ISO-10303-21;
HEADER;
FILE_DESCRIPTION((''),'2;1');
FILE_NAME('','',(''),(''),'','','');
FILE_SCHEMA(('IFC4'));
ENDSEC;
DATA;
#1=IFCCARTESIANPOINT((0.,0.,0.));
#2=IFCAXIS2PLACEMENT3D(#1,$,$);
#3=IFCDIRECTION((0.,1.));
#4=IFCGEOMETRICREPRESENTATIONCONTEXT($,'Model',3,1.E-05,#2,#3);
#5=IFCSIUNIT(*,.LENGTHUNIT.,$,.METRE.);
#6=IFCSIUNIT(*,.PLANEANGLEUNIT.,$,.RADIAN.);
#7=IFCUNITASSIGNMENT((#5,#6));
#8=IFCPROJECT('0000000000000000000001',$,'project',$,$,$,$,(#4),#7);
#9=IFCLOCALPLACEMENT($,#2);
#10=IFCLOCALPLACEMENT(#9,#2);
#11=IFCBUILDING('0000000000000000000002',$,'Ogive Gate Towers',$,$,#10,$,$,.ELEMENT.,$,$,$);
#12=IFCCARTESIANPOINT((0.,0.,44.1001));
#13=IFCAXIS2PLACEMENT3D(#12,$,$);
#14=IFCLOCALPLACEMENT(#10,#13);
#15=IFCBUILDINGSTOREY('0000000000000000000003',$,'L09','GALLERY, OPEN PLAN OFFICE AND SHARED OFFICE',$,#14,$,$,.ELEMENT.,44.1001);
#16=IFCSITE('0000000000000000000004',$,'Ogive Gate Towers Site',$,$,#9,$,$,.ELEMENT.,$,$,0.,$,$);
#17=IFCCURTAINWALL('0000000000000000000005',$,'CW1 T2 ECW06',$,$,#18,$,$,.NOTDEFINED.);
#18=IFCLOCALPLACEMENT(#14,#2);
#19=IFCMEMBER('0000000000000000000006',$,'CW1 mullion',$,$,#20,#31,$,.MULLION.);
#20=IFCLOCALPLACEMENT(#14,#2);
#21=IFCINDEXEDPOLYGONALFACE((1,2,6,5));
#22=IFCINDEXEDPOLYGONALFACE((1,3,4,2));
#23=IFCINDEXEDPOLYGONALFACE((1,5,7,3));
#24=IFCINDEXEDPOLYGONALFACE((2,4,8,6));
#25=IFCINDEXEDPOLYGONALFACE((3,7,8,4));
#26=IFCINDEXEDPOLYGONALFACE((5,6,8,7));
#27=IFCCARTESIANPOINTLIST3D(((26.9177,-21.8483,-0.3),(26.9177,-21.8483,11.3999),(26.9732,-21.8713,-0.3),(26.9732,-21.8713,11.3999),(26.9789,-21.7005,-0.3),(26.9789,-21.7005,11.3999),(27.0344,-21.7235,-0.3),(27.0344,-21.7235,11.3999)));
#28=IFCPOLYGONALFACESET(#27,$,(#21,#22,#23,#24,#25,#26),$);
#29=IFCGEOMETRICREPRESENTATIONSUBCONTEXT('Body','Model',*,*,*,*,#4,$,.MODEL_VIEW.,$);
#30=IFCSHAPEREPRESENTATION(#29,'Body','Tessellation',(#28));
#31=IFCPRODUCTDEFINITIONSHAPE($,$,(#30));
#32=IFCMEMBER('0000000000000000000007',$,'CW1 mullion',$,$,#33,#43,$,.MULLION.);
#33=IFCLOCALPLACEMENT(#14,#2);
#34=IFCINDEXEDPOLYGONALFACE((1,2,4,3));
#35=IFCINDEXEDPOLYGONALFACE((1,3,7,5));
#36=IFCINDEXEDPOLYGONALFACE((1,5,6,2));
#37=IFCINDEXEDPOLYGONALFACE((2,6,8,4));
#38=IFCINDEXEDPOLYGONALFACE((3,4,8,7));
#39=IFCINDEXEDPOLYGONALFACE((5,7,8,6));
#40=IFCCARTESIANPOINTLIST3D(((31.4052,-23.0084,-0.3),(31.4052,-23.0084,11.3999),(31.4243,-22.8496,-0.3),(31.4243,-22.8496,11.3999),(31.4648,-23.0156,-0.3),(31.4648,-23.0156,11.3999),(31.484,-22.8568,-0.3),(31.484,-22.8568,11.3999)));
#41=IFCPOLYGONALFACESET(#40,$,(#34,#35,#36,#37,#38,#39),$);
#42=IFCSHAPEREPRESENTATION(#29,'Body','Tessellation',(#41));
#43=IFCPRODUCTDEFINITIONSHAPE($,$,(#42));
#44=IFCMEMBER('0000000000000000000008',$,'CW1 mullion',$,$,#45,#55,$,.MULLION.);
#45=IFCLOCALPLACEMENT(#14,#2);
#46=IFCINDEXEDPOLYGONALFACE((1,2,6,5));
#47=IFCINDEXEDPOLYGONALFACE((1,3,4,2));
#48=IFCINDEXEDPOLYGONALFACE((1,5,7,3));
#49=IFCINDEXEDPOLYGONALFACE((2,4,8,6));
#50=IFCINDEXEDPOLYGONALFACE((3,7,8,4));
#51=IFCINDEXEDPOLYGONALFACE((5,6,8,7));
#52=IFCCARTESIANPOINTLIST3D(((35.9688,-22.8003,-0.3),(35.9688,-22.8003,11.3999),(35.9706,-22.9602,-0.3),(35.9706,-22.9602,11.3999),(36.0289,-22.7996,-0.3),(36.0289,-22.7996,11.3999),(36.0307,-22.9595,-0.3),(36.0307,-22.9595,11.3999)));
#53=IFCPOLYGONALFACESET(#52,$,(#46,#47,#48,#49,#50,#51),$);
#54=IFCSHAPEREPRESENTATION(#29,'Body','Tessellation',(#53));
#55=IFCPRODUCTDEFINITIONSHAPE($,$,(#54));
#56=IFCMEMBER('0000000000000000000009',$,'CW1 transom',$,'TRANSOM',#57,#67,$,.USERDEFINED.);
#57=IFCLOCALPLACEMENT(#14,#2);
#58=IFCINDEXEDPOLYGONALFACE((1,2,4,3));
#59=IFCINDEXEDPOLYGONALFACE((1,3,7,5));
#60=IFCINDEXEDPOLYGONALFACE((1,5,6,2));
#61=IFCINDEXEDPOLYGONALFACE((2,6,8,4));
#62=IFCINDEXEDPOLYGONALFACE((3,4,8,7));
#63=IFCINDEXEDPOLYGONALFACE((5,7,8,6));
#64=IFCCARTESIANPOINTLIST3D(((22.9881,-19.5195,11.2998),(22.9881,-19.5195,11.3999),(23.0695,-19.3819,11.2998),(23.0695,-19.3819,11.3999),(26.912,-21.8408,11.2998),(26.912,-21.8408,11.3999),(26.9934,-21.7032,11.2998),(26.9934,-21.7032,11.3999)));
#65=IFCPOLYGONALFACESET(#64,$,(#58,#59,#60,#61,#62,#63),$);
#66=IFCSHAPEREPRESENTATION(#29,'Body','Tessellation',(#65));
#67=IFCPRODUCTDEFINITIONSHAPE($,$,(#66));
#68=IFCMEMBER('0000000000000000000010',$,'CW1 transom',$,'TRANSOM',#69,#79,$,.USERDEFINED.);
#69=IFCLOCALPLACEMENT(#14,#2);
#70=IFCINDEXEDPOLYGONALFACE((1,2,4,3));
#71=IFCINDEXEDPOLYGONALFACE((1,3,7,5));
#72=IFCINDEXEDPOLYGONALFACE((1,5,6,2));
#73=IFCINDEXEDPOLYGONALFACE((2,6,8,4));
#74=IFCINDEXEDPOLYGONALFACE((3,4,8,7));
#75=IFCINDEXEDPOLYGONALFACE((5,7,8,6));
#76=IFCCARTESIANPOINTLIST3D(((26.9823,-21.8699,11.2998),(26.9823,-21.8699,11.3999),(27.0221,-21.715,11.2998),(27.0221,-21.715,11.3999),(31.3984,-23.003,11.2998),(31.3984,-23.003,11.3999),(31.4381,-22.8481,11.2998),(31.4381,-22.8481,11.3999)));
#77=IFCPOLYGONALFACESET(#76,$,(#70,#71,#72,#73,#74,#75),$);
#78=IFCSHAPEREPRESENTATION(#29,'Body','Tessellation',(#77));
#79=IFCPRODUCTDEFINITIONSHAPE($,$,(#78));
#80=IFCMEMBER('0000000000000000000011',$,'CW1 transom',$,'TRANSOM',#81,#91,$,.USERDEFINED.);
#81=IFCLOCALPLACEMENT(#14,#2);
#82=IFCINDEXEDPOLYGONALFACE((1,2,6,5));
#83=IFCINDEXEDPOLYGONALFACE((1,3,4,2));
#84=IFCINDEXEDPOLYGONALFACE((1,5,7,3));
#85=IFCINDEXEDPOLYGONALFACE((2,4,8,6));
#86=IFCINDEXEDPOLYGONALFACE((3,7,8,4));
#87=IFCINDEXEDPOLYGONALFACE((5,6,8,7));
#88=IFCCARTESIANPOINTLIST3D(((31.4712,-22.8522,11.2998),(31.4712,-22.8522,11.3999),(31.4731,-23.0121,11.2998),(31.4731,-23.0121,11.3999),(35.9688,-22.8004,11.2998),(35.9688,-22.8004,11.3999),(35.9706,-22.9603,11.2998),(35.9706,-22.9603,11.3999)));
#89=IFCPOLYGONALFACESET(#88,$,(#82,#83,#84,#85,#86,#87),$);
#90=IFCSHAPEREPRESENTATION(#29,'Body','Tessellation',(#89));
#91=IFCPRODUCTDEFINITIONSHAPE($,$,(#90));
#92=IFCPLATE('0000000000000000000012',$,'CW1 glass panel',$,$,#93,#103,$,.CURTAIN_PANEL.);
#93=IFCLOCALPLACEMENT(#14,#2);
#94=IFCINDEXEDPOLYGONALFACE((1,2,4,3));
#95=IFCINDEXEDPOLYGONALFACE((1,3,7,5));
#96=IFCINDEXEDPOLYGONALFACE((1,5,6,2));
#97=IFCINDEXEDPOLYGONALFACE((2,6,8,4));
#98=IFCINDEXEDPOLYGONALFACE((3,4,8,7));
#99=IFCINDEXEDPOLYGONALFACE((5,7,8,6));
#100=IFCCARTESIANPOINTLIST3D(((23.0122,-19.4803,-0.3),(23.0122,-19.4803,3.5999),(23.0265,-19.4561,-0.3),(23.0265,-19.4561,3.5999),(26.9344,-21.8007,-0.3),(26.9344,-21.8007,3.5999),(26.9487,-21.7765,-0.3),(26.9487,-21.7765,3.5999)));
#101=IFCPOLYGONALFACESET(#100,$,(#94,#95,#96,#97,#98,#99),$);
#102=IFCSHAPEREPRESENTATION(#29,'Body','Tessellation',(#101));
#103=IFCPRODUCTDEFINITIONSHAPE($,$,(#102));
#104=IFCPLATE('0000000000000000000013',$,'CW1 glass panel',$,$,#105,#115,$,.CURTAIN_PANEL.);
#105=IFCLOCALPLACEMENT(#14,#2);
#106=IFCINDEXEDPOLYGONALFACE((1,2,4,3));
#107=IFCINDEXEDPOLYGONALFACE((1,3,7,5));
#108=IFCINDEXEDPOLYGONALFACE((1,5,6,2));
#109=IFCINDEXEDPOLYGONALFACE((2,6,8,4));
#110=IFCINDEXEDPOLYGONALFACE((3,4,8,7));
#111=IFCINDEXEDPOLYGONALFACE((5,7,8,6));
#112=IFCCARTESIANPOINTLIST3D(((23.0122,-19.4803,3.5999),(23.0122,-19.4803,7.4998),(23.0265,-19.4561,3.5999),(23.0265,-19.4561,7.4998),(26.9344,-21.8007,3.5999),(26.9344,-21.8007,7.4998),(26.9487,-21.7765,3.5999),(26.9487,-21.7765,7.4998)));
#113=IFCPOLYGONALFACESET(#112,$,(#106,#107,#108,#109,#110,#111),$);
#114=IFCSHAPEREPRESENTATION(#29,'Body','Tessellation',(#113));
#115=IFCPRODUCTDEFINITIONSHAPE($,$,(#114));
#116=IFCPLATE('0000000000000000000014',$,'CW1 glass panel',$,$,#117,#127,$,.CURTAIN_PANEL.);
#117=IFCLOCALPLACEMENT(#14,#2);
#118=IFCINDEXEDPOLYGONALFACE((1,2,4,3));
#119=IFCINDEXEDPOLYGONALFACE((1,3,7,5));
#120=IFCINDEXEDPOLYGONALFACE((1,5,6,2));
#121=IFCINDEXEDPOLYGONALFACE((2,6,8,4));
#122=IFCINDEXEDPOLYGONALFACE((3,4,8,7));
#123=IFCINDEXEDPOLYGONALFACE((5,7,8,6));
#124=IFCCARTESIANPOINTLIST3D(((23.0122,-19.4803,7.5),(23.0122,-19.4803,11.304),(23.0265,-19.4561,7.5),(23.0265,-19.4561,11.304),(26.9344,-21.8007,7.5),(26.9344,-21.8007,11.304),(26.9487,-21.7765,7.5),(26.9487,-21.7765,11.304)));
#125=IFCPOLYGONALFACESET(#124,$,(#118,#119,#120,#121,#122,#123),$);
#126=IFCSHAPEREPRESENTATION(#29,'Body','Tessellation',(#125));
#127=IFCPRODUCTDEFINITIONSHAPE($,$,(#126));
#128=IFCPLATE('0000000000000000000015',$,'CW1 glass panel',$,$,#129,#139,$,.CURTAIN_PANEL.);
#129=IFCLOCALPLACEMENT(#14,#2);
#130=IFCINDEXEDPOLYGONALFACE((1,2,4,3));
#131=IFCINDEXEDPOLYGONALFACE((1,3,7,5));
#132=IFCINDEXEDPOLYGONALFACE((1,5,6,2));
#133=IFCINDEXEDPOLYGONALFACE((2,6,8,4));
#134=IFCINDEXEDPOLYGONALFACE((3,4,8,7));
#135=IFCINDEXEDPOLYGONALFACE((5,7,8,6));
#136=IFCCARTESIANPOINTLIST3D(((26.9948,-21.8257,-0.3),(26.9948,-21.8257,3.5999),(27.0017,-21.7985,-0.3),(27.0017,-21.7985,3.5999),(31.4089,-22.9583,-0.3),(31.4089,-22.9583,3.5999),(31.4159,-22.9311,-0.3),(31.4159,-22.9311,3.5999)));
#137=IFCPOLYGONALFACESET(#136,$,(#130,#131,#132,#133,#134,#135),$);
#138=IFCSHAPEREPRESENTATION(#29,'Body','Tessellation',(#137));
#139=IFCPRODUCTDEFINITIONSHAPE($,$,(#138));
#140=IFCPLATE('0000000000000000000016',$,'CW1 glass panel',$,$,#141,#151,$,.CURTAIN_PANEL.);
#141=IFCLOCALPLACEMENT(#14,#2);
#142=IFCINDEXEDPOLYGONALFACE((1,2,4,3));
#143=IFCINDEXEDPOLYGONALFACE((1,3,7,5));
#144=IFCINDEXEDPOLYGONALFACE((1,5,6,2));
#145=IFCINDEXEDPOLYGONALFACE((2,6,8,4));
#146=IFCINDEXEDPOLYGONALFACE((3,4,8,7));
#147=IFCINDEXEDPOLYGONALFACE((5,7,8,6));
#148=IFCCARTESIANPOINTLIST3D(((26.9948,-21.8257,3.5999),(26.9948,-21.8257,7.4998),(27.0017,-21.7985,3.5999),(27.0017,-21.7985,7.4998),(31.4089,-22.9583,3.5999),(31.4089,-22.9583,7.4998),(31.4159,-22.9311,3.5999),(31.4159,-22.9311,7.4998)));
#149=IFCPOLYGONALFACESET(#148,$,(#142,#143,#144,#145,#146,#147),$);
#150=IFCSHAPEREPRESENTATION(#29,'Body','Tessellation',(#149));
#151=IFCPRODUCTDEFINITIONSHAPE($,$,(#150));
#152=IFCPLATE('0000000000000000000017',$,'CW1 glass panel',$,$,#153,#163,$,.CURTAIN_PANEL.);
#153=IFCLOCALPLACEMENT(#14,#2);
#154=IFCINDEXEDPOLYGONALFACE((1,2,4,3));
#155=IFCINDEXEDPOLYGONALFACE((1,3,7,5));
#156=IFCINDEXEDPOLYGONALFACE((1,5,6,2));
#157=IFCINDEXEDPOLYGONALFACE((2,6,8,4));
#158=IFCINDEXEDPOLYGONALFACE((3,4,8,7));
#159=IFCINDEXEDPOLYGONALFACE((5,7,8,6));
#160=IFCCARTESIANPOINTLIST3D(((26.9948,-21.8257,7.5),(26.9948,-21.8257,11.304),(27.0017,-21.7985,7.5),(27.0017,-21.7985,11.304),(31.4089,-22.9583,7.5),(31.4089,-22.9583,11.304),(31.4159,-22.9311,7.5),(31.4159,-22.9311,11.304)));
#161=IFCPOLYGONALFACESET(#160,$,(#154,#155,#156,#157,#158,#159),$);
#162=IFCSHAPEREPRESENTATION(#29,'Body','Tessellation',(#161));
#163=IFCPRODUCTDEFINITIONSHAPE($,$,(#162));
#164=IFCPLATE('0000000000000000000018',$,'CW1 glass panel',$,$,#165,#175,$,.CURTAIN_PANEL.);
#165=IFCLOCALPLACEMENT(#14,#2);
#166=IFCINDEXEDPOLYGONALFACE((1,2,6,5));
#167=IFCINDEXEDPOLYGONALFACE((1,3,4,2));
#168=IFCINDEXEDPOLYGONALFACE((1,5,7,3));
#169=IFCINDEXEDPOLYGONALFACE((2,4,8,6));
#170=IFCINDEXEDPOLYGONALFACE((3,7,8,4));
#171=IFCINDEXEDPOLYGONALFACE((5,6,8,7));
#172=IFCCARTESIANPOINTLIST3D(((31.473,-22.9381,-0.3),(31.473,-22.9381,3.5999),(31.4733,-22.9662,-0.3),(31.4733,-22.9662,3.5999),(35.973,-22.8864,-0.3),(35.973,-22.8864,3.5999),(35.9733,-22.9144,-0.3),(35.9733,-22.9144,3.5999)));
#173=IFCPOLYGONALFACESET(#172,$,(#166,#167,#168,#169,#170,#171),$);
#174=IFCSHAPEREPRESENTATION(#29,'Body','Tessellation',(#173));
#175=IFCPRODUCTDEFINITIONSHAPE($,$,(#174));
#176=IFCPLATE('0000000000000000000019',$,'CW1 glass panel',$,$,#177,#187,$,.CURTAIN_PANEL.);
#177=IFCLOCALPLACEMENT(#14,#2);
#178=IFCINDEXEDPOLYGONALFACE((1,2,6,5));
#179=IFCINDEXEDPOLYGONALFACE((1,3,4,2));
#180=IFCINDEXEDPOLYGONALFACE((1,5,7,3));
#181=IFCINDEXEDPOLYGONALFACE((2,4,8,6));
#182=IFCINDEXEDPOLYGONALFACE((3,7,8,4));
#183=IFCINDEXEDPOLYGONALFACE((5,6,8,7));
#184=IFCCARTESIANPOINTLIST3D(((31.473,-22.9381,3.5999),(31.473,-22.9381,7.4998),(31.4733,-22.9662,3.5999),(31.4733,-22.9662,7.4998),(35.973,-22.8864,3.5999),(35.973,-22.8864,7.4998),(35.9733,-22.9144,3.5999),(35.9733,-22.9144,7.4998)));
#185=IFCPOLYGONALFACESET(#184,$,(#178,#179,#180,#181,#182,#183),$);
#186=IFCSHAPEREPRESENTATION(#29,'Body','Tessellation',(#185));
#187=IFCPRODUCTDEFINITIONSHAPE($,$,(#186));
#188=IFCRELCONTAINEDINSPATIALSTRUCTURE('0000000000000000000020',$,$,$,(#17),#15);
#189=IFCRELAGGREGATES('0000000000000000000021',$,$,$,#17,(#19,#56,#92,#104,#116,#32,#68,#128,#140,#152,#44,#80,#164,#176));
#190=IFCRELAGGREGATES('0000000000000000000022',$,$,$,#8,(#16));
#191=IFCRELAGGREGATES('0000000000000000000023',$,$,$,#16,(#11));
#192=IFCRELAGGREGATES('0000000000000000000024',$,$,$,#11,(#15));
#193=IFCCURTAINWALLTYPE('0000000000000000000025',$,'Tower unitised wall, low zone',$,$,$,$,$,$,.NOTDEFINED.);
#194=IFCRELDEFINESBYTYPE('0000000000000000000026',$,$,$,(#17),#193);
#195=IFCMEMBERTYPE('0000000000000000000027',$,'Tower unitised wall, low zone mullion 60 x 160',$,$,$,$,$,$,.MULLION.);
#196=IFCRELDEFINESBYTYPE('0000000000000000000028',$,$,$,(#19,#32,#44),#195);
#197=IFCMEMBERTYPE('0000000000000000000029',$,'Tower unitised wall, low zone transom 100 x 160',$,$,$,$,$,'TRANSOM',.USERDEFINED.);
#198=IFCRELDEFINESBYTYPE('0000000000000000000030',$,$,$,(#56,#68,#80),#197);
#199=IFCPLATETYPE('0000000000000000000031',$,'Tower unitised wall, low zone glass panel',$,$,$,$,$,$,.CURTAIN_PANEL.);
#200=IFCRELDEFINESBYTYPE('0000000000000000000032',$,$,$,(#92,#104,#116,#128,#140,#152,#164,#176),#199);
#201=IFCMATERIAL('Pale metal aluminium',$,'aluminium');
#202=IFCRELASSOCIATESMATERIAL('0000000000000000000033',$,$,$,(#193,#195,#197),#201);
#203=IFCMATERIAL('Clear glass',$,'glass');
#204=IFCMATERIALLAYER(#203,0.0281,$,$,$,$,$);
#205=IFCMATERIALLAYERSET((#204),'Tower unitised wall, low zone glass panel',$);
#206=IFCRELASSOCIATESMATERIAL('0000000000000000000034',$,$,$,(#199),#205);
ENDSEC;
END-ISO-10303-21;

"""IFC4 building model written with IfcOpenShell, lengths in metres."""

from ifc_helpers import new_model, si_unit, direction, frame, origin, origin_2d, place, context, subcontext, project, spatial, rectangle, extrude, material, layer, layer_set, material_profile, profile_set, type_object, element, aggregate, save


model = new_model("IFC4")

# Units and contexts
model_context = context("Model", 3, precision=1e-05, world=origin(), true_north=direction((0.0, 1.0)))
body_context = subcontext(model_context, "Body", "Model", "MODEL_VIEW")
ifc_project = project(units=[si_unit("LENGTHUNIT", "METRE"), si_unit("PLANEANGLEUNIT", "RADIAN")], contexts=[model_context])

# Site, building, storey
site_placement = place(None, origin())
site = spatial("IfcSite", under=ifc_project, at=site_placement, Name="Ogive Gate Towers Site", CompositionType="ELEMENT", RefElevation=0.0)
building_placement = place(site_placement, origin())
building = spatial("IfcBuilding", under=site, at=building_placement, Name="Ogive Gate Towers", CompositionType="ELEMENT")
storey_placement = place(building_placement, frame((0.0, 0.0, 44.1001)))
storey = spatial("IfcBuildingStorey", under=building, at=storey_placement, Name="L09", Description="GALLERY, OPEN PLAN OFFICE AND SHARED OFFICE", CompositionType="ELEMENT", Elevation=44.1001)

# Curtain wall, members, plates
ifc_material_1 = material(Name="Pale metal aluminium", Category="aluminium")
curtain_wall_type = type_object("IfcCurtainWallType", Name="Tower unitised wall, low zone", PredefinedType="NOTDEFINED", material=ifc_material_1)
curtain_wall_placement = place(storey_placement, origin())
curtain_wall = element("IfcCurtainWall", 1, at=curtain_wall_placement, inside=storey, type_object=curtain_wall_type, Name="CW1 T2 ECW06", PredefinedType="NOTDEFINED")
ifc_material_profile_1 = material_profile(ifc_material_1, rectangle(XDim=0.1599, YDim=0.0601, at=origin_2d()), Name="60 x 160 aluminium box")
ifc_profile_set_1 = profile_set([ifc_material_profile_1], Name="Pale metal aluminium")
member_type_1 = type_object("IfcMemberType", Name="Tower unitised wall, low zone mullion 60 x 160", PredefinedType="MULLION", material=ifc_profile_set_1)
member_1_placement = place(storey_placement, frame((26.9761, -21.7859, -0.3), z_axis=(0.0, 0.0, 1.0), x_axis=(-0.382683, -0.92388, 0.0)))
member_1 = element("IfcMember", 2, at=member_1_placement, type_object=member_type_1, Name="CW1 mullion", PredefinedType="MULLION", context=body_context, shape_type="SweptSolid", body=[
    extrude(rectangle(XDim=0.1599, YDim=0.0601, at=origin_2d()), origin(), (0.0, 0.0, 1.0), 11.7),
])
member_2_placement = place(storey_placement, frame((31.4446, -22.9326, -0.3), z_axis=(0.0, 0.0, 1.0), x_axis=(-0.119548, -0.992828, 0.0)))
member_2 = element("IfcMember", 3, at=member_2_placement, type_object=member_type_1, Name="CW1 mullion", PredefinedType="MULLION", context=body_context, shape_type="SweptSolid", body=[
    extrude(rectangle(XDim=0.1599, YDim=0.0601, at=origin_2d()), origin(), (0.0, 0.0, 1.0), 11.7),
])
member_3_placement = place(storey_placement, frame((35.9998, -22.8799, -0.3), z_axis=(0.0, 0.0, 1.0), x_axis=(0.011501, -0.999934, 0.0)))
member_3 = element("IfcMember", 4, at=member_3_placement, type_object=member_type_1, Name="CW1 mullion", PredefinedType="MULLION", context=body_context, shape_type="SweptSolid", body=[
    extrude(rectangle(XDim=0.1599, YDim=0.0601, at=origin_2d()), origin(), (0.0, 0.0, 1.0), 11.7),
])
ifc_material_profile_2 = material_profile(ifc_material_1, rectangle(XDim=0.1599, YDim=0.1001, at=origin_2d()), Name="100 x 160 aluminium box")
ifc_profile_set_2 = profile_set([ifc_material_profile_2], Name="Pale metal aluminium")
member_type_2 = type_object("IfcMemberType", Name="Tower unitised wall, low zone transom 100 x 160", ElementType="TRANSOM", PredefinedType="USERDEFINED", material=ifc_profile_set_2)
member_4_placement = place(storey_placement, frame((23.0288, -19.4507, 11.3499), z_axis=(0.860671, -0.509162, 0.0), x_axis=(0.509162, 0.860671, 0.0)))
member_4 = element("IfcMember", 5, at=member_4_placement, type_object=member_type_2, Name="CW1 transom", ObjectType="TRANSOM", PredefinedType="USERDEFINED", context=body_context, shape_type="SweptSolid", body=[
    extrude(rectangle(XDim=0.1599, YDim=0.1001, at=origin_2d()), origin(), (0.0, 0.0, 1.0), 4.5591),
])
member_5_placement = place(storey_placement, frame((27.0022, -21.7925, 11.3499), z_axis=(0.968625, -0.248529, 0.0), x_axis=(0.248529, 0.968625, 0.0)))
member_5 = element("IfcMember", 6, at=member_5_placement, type_object=member_type_2, Name="CW1 transom", ObjectType="TRANSOM", PredefinedType="USERDEFINED", context=body_context, shape_type="SweptSolid", body=[
    extrude(rectangle(XDim=0.1599, YDim=0.1001, at=origin_2d()), origin(), (0.0, 0.0, 1.0), 4.5591),
])
member_6_placement = place(storey_placement, frame((31.4722, -22.9321, 11.3499), z_axis=(0.999934, 0.011507, 0.0), x_axis=(-0.011507, 0.999934, 0.0)))
member_6 = element("IfcMember", 7, at=member_6_placement, type_object=member_type_2, Name="CW1 transom", ObjectType="TRANSOM", PredefinedType="USERDEFINED", context=body_context, shape_type="SweptSolid", body=[
    extrude(rectangle(XDim=0.1599, YDim=0.1001, at=origin_2d()), origin(), (0.0, 0.0, 1.0), 4.4978),
])
ifc_material_2 = material(Name="Clear glass", Category="glass")
ifc_layer_1 = layer(ifc_material_2, 0.0281)
ifc_layer_set_1 = layer_set([ifc_layer_1], Name="Tower unitised wall, low zone glass panel")
plate_type = type_object("IfcPlateType", Name="Tower unitised wall, low zone glass panel", PredefinedType="CURTAIN_PANEL", material=ifc_layer_set_1)
plate_1_placement = place(storey_placement, frame((24.9805, -20.6284, -0.3), z_axis=(0.0, 0.0, 1.0), x_axis=(0.860662, -0.509177, 0.0)))
plate_1 = element("IfcPlate", 8, at=plate_1_placement, type_object=plate_type, Name="CW1 glass panel", PredefinedType="CURTAIN_PANEL", context=body_context, shape_type="SweptSolid", body=[
    extrude(rectangle(XDim=4.5571, YDim=0.0281, at=origin_2d()), origin(), (0.0, 0.0, 1.0), 3.8999),
])
plate_2_placement = place(storey_placement, frame((24.9805, -20.6284, 3.5999), z_axis=(0.0, 0.0, 1.0), x_axis=(0.860662, -0.509177, 0.0)))
plate_2 = element("IfcPlate", 9, at=plate_2_placement, type_object=plate_type, Name="CW1 glass panel", PredefinedType="CURTAIN_PANEL", context=body_context, shape_type="SweptSolid", body=[
    extrude(rectangle(XDim=4.5571, YDim=0.0281, at=origin_2d()), origin(), (0.0, 0.0, 1.0), 3.8999),
])
plate_3_placement = place(storey_placement, frame((24.9805, -20.6284, 7.5), z_axis=(0.0, 0.0, 1.0), x_axis=(0.860662, -0.509177, 0.0)))
plate_3 = element("IfcPlate", 10, at=plate_3_placement, type_object=plate_type, Name="CW1 glass panel", PredefinedType="CURTAIN_PANEL", context=body_context, shape_type="SweptSolid", body=[
    extrude(rectangle(XDim=4.5571, YDim=0.0281, at=origin_2d()), origin(), (0.0, 0.0, 1.0), 3.804),
])
plate_4_placement = place(storey_placement, frame((29.2053, -22.3784, -0.3), z_axis=(0.0, 0.0, 1.0), x_axis=(0.968627, -0.248521, 0.0)))
plate_4 = element("IfcPlate", 11, at=plate_4_placement, type_object=plate_type, Name="CW1 glass panel", PredefinedType="CURTAIN_PANEL", context=body_context, shape_type="SweptSolid", body=[
    extrude(rectangle(XDim=4.5571, YDim=0.0281, at=origin_2d()), origin(), (0.0, 0.0, 1.0), 3.8999),
])
plate_5_placement = place(storey_placement, frame((29.2053, -22.3784, 3.5999), z_axis=(0.0, 0.0, 1.0), x_axis=(0.968627, -0.248521, 0.0)))
plate_5 = element("IfcPlate", 12, at=plate_5_placement, type_object=plate_type, Name="CW1 glass panel", PredefinedType="CURTAIN_PANEL", context=body_context, shape_type="SweptSolid", body=[
    extrude(rectangle(XDim=4.5571, YDim=0.0281, at=origin_2d()), origin(), (0.0, 0.0, 1.0), 3.8999),
])
plate_6_placement = place(storey_placement, frame((29.2053, -22.3784, 7.5), z_axis=(0.0, 0.0, 1.0), x_axis=(0.968627, -0.248521, 0.0)))
plate_6 = element("IfcPlate", 13, at=plate_6_placement, type_object=plate_type, Name="CW1 glass panel", PredefinedType="CURTAIN_PANEL", context=body_context, shape_type="SweptSolid", body=[
    extrude(rectangle(XDim=4.5571, YDim=0.0281, at=origin_2d()), origin(), (0.0, 0.0, 1.0), 3.804),
])
plate_7_placement = place(storey_placement, frame((33.7231, -22.9263, -0.3), z_axis=(0.0, 0.0, 1.0), x_axis=(0.999934, 0.011501, 0.0)))
plate_7 = element("IfcPlate", 14, at=plate_7_placement, type_object=plate_type, Name="CW1 glass panel", PredefinedType="CURTAIN_PANEL", context=body_context, shape_type="SweptSolid", body=[
    extrude(rectangle(XDim=4.5002, YDim=0.0281, at=origin_2d()), origin(), (0.0, 0.0, 1.0), 3.8999),
])
plate_8_placement = place(storey_placement, frame((33.7231, -22.9263, 3.5999), z_axis=(0.0, 0.0, 1.0), x_axis=(0.999934, 0.011501, 0.0)))
plate_8 = element("IfcPlate", 15, at=plate_8_placement, type_object=plate_type, Name="CW1 glass panel", PredefinedType="CURTAIN_PANEL", context=body_context, shape_type="SweptSolid", body=[
    extrude(rectangle(XDim=4.5002, YDim=0.0281, at=origin_2d()), origin(), (0.0, 0.0, 1.0), 3.8999),
])
aggregate(curtain_wall, [member_1, member_4, plate_1, plate_2, plate_3, member_2, member_5, plate_4, plate_5, plate_6, member_3, member_6, plate_7, plate_8])

save(model, "model.ifc")
